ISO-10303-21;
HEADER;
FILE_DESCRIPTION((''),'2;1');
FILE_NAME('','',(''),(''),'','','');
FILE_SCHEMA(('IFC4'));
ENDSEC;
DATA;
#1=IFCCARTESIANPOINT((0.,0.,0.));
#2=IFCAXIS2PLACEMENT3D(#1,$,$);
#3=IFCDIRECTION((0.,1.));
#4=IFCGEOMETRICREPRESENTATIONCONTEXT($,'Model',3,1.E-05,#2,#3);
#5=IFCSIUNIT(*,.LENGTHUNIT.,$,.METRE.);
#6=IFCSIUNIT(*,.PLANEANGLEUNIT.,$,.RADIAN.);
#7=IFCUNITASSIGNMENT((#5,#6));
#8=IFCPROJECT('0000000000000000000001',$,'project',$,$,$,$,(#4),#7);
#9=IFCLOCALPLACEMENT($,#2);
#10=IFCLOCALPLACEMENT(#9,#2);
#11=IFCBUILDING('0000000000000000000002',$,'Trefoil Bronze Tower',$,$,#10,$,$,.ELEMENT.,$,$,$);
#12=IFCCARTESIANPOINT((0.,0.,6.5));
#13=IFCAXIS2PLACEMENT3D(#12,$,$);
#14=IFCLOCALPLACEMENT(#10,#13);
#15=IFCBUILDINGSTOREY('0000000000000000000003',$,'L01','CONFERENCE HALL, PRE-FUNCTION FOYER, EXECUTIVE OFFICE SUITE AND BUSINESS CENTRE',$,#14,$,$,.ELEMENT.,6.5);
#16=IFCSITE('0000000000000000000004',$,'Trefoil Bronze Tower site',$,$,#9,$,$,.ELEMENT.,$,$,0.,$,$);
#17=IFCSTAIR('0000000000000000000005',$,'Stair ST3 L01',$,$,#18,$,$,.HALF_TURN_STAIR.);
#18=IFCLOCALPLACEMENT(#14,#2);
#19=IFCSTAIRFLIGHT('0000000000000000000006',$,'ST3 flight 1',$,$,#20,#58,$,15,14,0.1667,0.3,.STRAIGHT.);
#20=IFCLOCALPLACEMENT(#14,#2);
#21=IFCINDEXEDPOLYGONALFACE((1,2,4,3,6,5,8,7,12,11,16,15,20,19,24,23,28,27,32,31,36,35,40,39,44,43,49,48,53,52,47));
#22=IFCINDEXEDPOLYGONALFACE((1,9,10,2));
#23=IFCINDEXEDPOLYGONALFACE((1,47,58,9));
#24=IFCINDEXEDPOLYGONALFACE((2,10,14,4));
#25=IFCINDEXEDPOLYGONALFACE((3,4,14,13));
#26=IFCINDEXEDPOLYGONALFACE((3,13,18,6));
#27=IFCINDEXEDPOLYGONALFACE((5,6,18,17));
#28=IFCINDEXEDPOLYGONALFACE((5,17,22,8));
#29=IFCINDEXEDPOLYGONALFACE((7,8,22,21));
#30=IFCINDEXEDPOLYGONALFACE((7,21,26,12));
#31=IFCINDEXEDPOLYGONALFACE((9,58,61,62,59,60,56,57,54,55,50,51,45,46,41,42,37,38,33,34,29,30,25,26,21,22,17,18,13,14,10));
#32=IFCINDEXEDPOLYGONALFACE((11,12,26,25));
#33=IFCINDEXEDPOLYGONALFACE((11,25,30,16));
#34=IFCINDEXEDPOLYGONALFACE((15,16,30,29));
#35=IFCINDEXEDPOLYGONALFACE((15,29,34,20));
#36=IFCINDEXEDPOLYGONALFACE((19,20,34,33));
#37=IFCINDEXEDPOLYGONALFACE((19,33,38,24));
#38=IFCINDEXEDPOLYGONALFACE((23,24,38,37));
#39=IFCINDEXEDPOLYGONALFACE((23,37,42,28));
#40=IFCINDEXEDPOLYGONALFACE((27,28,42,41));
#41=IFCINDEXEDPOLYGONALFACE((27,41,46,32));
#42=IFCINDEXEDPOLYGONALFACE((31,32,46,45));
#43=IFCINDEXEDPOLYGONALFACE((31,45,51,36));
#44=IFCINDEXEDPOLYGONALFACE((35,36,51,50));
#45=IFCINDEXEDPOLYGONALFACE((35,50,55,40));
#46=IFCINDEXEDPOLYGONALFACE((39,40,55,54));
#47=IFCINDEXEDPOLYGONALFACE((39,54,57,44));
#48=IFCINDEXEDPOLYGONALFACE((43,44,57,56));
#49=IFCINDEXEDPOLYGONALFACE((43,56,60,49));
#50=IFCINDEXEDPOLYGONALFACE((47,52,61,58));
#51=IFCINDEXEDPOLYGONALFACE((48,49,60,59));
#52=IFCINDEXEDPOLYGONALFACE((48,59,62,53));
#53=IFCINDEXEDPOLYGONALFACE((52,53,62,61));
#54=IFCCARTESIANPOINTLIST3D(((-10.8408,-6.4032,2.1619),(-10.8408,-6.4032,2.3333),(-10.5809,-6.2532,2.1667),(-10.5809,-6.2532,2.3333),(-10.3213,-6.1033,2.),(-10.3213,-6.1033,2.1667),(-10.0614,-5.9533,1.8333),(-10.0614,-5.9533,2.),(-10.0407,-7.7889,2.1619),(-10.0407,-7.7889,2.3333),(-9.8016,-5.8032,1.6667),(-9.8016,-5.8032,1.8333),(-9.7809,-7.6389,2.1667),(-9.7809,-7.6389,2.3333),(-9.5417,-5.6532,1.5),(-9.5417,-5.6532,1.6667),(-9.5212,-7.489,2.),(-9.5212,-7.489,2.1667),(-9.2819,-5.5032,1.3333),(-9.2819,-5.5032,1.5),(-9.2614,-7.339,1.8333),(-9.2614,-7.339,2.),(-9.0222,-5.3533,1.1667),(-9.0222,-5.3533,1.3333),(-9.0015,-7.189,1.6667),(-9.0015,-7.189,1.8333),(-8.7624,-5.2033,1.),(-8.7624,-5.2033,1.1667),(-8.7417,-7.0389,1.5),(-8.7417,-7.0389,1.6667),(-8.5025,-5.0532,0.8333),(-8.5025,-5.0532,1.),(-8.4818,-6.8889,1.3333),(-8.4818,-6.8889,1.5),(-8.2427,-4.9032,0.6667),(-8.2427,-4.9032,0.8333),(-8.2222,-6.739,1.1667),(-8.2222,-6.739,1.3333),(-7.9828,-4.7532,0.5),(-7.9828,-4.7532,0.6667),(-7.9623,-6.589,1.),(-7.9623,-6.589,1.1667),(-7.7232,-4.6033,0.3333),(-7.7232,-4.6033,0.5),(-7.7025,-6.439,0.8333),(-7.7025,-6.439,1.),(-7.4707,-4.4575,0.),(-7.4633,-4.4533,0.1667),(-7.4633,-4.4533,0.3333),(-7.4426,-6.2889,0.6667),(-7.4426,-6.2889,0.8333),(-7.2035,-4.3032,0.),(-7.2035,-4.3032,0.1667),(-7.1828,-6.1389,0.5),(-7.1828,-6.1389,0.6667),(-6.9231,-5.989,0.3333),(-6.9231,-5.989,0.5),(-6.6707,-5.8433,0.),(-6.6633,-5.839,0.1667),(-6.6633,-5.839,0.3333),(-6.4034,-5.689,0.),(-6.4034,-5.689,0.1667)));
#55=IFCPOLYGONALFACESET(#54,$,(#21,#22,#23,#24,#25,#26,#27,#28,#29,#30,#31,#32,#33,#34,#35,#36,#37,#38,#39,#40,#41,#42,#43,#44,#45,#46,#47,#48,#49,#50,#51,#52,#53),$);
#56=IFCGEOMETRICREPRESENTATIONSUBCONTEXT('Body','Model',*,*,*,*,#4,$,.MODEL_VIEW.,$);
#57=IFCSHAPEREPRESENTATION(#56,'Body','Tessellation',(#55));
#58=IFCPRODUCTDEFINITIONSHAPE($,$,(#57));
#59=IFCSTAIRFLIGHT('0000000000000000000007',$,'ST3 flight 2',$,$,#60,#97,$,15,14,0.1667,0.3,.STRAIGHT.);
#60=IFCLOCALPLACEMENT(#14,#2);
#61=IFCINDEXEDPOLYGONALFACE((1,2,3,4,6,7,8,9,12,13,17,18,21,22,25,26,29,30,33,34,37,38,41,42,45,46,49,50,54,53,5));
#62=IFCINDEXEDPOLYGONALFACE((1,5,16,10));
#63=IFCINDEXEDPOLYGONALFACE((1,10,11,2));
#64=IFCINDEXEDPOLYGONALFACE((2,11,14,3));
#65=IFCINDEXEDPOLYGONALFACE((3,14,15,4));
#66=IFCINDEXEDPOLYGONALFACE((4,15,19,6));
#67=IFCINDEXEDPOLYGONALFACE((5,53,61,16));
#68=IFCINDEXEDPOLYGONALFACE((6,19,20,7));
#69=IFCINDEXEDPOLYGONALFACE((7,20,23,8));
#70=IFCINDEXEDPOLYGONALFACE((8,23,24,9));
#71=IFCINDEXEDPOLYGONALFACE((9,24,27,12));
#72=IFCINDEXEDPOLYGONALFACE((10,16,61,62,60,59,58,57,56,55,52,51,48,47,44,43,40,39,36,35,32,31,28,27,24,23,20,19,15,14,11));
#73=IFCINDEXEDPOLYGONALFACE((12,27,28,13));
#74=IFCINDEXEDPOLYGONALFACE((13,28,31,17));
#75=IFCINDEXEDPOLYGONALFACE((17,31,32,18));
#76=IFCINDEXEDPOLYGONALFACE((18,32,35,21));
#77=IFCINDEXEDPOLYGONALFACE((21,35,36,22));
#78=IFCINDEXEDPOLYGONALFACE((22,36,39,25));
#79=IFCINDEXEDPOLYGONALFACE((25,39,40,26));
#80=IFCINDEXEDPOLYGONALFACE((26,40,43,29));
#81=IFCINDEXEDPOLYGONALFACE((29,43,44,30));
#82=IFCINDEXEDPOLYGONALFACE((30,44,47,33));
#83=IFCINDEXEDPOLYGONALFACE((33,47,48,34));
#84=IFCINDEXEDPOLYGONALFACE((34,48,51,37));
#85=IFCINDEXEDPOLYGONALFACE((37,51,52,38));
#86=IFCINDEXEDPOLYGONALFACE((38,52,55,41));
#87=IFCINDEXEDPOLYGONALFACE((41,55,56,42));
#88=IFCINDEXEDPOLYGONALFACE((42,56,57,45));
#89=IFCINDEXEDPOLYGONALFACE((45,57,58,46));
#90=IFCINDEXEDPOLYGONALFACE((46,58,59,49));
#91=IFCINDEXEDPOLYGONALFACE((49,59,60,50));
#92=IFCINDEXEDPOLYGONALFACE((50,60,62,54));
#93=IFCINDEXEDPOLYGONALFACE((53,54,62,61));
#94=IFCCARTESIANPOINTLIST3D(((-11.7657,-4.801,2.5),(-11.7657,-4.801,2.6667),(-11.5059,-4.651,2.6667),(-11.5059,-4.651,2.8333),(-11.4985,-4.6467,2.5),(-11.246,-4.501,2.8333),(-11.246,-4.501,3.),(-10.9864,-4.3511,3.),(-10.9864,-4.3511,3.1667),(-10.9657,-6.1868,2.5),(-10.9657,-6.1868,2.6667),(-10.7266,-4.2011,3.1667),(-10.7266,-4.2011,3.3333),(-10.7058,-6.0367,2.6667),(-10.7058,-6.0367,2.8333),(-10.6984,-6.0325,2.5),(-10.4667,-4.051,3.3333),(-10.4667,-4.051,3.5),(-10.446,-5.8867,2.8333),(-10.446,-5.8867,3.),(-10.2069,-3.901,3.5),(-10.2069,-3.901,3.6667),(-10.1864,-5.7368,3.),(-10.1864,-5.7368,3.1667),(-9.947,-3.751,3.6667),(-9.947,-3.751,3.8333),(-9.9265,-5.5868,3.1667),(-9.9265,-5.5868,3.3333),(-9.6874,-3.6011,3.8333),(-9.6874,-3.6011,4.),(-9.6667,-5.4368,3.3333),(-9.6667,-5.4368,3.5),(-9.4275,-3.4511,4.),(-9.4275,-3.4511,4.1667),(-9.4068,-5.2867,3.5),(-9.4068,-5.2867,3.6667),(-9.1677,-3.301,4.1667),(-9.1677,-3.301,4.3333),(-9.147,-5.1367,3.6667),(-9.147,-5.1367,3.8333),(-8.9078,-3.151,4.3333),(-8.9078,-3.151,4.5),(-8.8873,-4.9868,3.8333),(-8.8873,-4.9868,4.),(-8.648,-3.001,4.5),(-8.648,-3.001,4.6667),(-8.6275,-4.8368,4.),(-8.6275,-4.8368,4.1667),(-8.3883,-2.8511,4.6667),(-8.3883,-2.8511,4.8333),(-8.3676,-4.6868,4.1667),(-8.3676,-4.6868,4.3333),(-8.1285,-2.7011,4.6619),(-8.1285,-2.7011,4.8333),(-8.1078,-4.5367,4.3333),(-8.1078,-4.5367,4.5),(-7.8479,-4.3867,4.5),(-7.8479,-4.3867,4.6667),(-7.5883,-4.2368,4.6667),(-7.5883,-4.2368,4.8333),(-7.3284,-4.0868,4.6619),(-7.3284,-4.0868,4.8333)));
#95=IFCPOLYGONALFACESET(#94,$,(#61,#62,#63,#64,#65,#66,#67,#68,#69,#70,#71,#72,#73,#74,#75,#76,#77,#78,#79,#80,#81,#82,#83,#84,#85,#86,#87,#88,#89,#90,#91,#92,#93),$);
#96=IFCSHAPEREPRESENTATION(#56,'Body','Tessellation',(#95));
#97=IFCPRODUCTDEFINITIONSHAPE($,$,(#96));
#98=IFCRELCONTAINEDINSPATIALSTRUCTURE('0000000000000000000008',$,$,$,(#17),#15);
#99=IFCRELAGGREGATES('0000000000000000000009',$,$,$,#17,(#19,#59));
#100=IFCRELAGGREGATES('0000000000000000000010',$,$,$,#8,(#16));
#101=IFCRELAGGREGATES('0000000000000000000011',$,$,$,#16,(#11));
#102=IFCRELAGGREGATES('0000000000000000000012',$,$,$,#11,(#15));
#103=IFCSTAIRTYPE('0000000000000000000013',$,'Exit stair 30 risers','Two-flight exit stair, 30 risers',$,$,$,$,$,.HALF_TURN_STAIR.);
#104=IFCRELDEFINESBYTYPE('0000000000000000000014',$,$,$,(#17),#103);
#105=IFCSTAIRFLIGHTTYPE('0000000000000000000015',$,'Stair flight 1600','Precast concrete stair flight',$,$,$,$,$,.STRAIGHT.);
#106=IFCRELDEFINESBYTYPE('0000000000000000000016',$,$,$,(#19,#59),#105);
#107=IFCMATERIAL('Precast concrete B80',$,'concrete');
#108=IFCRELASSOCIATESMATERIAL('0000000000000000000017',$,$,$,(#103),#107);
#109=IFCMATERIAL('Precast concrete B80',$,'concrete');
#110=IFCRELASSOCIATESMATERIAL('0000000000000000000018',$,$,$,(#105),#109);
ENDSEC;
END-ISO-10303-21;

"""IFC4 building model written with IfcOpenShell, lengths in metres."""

from ifc_helpers import new_model, si_unit, direction, frame, origin, place, context, subcontext, project, spatial, polyline, outline, extrude, material, type_object, element, aggregate, save


model = new_model("IFC4")

# Units and contexts
model_context = context("Model", 3, precision=1e-05, world=origin(), true_north=direction((0.0, 1.0)))
body_context = subcontext(model_context, "Body", "Model", "MODEL_VIEW")
ifc_project = project(units=[si_unit("LENGTHUNIT", "METRE"), si_unit("PLANEANGLEUNIT", "RADIAN")], contexts=[model_context])

# Site, building, storey
site_placement = place(None, origin())
site = spatial("IfcSite", under=ifc_project, at=site_placement, Name="Trefoil Bronze Tower site", CompositionType="ELEMENT", RefElevation=0.0)
building_placement = place(site_placement, origin())
building = spatial("IfcBuilding", under=site, at=building_placement, Name="Trefoil Bronze Tower", CompositionType="ELEMENT")
storey_placement = place(building_placement, frame((0.0, 0.0, 6.5)))
storey = spatial("IfcBuildingStorey", under=building, at=storey_placement, Name="L01", Description="CONFERENCE HALL, PRE-FUNCTION FOYER, EXECUTIVE OFFICE SUITE AND BUSINESS CENTRE", CompositionType="ELEMENT", Elevation=6.5)

# Stair, stair flights
ifc_material_1 = material(Name="Precast concrete B80", Category="concrete")
stair_type = type_object("IfcStairType", Name="Exit stair 30 risers", Description="Two-flight exit stair, 30 risers", PredefinedType="HALF_TURN_STAIR", material=ifc_material_1)
stair_placement = place(storey_placement, origin())
stair = element("IfcStair", 1, at=stair_placement, inside=storey, type_object=stair_type, Name="Stair ST3 L01", PredefinedType="HALF_TURN_STAIR")
ifc_material_2 = material(Name="Precast concrete B80", Category="concrete")
stair_flight_type = type_object("IfcStairFlightType", Name="Stair flight 1600", Description="Precast concrete stair flight", PredefinedType="STRAIGHT", material=ifc_material_2)
stair_flight_1_placement = place(storey_placement, frame((-6.8035, -4.9961, 0.0), z_axis=(0.0, 0.0, 1.0), x_axis=(-0.866025, -0.5, 0.0)))
stair_flight_1 = element("IfcStairFlight", 2, at=stair_flight_1_placement, type_object=stair_flight_type, Name="ST3 flight 1", NumberOfRisers=15, NumberOfTreads=14, PredefinedType="STRAIGHT", RiserHeight=0.1667, TreadLength=0.3, context=body_context, shape_type="SweptSolid", body=[
    extrude(outline(polyline([(0.0, 0.0), (0.0, 0.1667), (0.3, 0.1667), (0.3, 0.3333), (0.6001, 0.3333), (0.6001, 0.5), (0.8999, 0.5), (0.8999, 0.6667), (1.2, 0.6667), (1.2, 0.8333), (1.5, 0.8333), (1.5, 1.0), (1.8, 1.0), (1.8, 1.1667), (2.1001, 1.1667), (2.1001, 1.3333), (2.3999, 1.3333), (2.3999, 1.5), (2.7, 1.5), (2.7, 1.6667), (3.0, 1.6667), (3.0, 1.8333), (3.3, 1.8333), (3.3, 2.0), (3.6001, 2.0), (3.6001, 2.1667), (3.8999, 2.1667), (3.8999, 2.3333), (4.2, 2.3333), (4.2, 2.5), (4.2, 2.1619), (0.3086, 0.0), (0.0, 0.0)])), frame((0.0, 0.8, 0.0), z_axis=(0.0, -1.0, 0.0), x_axis=(1.0, 0.0, 0.0)), (0.0, 0.0, 1.0), 1.6001),
])
stair_flight_2_placement = place(storey_placement, frame((-11.3657, -5.4939, 2.5), z_axis=(0.0, 0.0, 1.0), x_axis=(0.866025, 0.5, 0.0)))
stair_flight_2 = element("IfcStairFlight", 3, at=stair_flight_2_placement, type_object=stair_flight_type, Name="ST3 flight 2", NumberOfRisers=15, NumberOfTreads=14, PredefinedType="STRAIGHT", RiserHeight=0.1667, TreadLength=0.3, context=body_context, shape_type="SweptSolid", body=[
    extrude(outline(polyline([(0.0, 0.0), (0.0, 0.1667), (0.3, 0.1667), (0.3, 0.3333), (0.6001, 0.3333), (0.6001, 0.5), (0.8999, 0.5), (0.8999, 0.6667), (1.2, 0.6667), (1.2, 0.8333), (1.5, 0.8333), (1.5, 1.0), (1.8, 1.0), (1.8, 1.1667), (2.1001, 1.1667), (2.1001, 1.3333), (2.3999, 1.3333), (2.3999, 1.5), (2.7, 1.5), (2.7, 1.6667), (3.0, 1.6667), (3.0, 1.8333), (3.3, 1.8333), (3.3, 2.0), (3.6001, 2.0), (3.6001, 2.1667), (3.8999, 2.1667), (3.8999, 2.3333), (4.2, 2.3333), (4.2, 2.5), (4.2, 2.1619), (0.3086, 0.0), (0.0, 0.0)])), frame((0.0, 0.8, 0.0), z_axis=(0.0, -1.0, 0.0), x_axis=(1.0, 0.0, 0.0)), (0.0, 0.0, 1.0), 1.6001),
])
aggregate(stair, [stair_flight_1, stair_flight_2])

save(model, "model.ifc")
